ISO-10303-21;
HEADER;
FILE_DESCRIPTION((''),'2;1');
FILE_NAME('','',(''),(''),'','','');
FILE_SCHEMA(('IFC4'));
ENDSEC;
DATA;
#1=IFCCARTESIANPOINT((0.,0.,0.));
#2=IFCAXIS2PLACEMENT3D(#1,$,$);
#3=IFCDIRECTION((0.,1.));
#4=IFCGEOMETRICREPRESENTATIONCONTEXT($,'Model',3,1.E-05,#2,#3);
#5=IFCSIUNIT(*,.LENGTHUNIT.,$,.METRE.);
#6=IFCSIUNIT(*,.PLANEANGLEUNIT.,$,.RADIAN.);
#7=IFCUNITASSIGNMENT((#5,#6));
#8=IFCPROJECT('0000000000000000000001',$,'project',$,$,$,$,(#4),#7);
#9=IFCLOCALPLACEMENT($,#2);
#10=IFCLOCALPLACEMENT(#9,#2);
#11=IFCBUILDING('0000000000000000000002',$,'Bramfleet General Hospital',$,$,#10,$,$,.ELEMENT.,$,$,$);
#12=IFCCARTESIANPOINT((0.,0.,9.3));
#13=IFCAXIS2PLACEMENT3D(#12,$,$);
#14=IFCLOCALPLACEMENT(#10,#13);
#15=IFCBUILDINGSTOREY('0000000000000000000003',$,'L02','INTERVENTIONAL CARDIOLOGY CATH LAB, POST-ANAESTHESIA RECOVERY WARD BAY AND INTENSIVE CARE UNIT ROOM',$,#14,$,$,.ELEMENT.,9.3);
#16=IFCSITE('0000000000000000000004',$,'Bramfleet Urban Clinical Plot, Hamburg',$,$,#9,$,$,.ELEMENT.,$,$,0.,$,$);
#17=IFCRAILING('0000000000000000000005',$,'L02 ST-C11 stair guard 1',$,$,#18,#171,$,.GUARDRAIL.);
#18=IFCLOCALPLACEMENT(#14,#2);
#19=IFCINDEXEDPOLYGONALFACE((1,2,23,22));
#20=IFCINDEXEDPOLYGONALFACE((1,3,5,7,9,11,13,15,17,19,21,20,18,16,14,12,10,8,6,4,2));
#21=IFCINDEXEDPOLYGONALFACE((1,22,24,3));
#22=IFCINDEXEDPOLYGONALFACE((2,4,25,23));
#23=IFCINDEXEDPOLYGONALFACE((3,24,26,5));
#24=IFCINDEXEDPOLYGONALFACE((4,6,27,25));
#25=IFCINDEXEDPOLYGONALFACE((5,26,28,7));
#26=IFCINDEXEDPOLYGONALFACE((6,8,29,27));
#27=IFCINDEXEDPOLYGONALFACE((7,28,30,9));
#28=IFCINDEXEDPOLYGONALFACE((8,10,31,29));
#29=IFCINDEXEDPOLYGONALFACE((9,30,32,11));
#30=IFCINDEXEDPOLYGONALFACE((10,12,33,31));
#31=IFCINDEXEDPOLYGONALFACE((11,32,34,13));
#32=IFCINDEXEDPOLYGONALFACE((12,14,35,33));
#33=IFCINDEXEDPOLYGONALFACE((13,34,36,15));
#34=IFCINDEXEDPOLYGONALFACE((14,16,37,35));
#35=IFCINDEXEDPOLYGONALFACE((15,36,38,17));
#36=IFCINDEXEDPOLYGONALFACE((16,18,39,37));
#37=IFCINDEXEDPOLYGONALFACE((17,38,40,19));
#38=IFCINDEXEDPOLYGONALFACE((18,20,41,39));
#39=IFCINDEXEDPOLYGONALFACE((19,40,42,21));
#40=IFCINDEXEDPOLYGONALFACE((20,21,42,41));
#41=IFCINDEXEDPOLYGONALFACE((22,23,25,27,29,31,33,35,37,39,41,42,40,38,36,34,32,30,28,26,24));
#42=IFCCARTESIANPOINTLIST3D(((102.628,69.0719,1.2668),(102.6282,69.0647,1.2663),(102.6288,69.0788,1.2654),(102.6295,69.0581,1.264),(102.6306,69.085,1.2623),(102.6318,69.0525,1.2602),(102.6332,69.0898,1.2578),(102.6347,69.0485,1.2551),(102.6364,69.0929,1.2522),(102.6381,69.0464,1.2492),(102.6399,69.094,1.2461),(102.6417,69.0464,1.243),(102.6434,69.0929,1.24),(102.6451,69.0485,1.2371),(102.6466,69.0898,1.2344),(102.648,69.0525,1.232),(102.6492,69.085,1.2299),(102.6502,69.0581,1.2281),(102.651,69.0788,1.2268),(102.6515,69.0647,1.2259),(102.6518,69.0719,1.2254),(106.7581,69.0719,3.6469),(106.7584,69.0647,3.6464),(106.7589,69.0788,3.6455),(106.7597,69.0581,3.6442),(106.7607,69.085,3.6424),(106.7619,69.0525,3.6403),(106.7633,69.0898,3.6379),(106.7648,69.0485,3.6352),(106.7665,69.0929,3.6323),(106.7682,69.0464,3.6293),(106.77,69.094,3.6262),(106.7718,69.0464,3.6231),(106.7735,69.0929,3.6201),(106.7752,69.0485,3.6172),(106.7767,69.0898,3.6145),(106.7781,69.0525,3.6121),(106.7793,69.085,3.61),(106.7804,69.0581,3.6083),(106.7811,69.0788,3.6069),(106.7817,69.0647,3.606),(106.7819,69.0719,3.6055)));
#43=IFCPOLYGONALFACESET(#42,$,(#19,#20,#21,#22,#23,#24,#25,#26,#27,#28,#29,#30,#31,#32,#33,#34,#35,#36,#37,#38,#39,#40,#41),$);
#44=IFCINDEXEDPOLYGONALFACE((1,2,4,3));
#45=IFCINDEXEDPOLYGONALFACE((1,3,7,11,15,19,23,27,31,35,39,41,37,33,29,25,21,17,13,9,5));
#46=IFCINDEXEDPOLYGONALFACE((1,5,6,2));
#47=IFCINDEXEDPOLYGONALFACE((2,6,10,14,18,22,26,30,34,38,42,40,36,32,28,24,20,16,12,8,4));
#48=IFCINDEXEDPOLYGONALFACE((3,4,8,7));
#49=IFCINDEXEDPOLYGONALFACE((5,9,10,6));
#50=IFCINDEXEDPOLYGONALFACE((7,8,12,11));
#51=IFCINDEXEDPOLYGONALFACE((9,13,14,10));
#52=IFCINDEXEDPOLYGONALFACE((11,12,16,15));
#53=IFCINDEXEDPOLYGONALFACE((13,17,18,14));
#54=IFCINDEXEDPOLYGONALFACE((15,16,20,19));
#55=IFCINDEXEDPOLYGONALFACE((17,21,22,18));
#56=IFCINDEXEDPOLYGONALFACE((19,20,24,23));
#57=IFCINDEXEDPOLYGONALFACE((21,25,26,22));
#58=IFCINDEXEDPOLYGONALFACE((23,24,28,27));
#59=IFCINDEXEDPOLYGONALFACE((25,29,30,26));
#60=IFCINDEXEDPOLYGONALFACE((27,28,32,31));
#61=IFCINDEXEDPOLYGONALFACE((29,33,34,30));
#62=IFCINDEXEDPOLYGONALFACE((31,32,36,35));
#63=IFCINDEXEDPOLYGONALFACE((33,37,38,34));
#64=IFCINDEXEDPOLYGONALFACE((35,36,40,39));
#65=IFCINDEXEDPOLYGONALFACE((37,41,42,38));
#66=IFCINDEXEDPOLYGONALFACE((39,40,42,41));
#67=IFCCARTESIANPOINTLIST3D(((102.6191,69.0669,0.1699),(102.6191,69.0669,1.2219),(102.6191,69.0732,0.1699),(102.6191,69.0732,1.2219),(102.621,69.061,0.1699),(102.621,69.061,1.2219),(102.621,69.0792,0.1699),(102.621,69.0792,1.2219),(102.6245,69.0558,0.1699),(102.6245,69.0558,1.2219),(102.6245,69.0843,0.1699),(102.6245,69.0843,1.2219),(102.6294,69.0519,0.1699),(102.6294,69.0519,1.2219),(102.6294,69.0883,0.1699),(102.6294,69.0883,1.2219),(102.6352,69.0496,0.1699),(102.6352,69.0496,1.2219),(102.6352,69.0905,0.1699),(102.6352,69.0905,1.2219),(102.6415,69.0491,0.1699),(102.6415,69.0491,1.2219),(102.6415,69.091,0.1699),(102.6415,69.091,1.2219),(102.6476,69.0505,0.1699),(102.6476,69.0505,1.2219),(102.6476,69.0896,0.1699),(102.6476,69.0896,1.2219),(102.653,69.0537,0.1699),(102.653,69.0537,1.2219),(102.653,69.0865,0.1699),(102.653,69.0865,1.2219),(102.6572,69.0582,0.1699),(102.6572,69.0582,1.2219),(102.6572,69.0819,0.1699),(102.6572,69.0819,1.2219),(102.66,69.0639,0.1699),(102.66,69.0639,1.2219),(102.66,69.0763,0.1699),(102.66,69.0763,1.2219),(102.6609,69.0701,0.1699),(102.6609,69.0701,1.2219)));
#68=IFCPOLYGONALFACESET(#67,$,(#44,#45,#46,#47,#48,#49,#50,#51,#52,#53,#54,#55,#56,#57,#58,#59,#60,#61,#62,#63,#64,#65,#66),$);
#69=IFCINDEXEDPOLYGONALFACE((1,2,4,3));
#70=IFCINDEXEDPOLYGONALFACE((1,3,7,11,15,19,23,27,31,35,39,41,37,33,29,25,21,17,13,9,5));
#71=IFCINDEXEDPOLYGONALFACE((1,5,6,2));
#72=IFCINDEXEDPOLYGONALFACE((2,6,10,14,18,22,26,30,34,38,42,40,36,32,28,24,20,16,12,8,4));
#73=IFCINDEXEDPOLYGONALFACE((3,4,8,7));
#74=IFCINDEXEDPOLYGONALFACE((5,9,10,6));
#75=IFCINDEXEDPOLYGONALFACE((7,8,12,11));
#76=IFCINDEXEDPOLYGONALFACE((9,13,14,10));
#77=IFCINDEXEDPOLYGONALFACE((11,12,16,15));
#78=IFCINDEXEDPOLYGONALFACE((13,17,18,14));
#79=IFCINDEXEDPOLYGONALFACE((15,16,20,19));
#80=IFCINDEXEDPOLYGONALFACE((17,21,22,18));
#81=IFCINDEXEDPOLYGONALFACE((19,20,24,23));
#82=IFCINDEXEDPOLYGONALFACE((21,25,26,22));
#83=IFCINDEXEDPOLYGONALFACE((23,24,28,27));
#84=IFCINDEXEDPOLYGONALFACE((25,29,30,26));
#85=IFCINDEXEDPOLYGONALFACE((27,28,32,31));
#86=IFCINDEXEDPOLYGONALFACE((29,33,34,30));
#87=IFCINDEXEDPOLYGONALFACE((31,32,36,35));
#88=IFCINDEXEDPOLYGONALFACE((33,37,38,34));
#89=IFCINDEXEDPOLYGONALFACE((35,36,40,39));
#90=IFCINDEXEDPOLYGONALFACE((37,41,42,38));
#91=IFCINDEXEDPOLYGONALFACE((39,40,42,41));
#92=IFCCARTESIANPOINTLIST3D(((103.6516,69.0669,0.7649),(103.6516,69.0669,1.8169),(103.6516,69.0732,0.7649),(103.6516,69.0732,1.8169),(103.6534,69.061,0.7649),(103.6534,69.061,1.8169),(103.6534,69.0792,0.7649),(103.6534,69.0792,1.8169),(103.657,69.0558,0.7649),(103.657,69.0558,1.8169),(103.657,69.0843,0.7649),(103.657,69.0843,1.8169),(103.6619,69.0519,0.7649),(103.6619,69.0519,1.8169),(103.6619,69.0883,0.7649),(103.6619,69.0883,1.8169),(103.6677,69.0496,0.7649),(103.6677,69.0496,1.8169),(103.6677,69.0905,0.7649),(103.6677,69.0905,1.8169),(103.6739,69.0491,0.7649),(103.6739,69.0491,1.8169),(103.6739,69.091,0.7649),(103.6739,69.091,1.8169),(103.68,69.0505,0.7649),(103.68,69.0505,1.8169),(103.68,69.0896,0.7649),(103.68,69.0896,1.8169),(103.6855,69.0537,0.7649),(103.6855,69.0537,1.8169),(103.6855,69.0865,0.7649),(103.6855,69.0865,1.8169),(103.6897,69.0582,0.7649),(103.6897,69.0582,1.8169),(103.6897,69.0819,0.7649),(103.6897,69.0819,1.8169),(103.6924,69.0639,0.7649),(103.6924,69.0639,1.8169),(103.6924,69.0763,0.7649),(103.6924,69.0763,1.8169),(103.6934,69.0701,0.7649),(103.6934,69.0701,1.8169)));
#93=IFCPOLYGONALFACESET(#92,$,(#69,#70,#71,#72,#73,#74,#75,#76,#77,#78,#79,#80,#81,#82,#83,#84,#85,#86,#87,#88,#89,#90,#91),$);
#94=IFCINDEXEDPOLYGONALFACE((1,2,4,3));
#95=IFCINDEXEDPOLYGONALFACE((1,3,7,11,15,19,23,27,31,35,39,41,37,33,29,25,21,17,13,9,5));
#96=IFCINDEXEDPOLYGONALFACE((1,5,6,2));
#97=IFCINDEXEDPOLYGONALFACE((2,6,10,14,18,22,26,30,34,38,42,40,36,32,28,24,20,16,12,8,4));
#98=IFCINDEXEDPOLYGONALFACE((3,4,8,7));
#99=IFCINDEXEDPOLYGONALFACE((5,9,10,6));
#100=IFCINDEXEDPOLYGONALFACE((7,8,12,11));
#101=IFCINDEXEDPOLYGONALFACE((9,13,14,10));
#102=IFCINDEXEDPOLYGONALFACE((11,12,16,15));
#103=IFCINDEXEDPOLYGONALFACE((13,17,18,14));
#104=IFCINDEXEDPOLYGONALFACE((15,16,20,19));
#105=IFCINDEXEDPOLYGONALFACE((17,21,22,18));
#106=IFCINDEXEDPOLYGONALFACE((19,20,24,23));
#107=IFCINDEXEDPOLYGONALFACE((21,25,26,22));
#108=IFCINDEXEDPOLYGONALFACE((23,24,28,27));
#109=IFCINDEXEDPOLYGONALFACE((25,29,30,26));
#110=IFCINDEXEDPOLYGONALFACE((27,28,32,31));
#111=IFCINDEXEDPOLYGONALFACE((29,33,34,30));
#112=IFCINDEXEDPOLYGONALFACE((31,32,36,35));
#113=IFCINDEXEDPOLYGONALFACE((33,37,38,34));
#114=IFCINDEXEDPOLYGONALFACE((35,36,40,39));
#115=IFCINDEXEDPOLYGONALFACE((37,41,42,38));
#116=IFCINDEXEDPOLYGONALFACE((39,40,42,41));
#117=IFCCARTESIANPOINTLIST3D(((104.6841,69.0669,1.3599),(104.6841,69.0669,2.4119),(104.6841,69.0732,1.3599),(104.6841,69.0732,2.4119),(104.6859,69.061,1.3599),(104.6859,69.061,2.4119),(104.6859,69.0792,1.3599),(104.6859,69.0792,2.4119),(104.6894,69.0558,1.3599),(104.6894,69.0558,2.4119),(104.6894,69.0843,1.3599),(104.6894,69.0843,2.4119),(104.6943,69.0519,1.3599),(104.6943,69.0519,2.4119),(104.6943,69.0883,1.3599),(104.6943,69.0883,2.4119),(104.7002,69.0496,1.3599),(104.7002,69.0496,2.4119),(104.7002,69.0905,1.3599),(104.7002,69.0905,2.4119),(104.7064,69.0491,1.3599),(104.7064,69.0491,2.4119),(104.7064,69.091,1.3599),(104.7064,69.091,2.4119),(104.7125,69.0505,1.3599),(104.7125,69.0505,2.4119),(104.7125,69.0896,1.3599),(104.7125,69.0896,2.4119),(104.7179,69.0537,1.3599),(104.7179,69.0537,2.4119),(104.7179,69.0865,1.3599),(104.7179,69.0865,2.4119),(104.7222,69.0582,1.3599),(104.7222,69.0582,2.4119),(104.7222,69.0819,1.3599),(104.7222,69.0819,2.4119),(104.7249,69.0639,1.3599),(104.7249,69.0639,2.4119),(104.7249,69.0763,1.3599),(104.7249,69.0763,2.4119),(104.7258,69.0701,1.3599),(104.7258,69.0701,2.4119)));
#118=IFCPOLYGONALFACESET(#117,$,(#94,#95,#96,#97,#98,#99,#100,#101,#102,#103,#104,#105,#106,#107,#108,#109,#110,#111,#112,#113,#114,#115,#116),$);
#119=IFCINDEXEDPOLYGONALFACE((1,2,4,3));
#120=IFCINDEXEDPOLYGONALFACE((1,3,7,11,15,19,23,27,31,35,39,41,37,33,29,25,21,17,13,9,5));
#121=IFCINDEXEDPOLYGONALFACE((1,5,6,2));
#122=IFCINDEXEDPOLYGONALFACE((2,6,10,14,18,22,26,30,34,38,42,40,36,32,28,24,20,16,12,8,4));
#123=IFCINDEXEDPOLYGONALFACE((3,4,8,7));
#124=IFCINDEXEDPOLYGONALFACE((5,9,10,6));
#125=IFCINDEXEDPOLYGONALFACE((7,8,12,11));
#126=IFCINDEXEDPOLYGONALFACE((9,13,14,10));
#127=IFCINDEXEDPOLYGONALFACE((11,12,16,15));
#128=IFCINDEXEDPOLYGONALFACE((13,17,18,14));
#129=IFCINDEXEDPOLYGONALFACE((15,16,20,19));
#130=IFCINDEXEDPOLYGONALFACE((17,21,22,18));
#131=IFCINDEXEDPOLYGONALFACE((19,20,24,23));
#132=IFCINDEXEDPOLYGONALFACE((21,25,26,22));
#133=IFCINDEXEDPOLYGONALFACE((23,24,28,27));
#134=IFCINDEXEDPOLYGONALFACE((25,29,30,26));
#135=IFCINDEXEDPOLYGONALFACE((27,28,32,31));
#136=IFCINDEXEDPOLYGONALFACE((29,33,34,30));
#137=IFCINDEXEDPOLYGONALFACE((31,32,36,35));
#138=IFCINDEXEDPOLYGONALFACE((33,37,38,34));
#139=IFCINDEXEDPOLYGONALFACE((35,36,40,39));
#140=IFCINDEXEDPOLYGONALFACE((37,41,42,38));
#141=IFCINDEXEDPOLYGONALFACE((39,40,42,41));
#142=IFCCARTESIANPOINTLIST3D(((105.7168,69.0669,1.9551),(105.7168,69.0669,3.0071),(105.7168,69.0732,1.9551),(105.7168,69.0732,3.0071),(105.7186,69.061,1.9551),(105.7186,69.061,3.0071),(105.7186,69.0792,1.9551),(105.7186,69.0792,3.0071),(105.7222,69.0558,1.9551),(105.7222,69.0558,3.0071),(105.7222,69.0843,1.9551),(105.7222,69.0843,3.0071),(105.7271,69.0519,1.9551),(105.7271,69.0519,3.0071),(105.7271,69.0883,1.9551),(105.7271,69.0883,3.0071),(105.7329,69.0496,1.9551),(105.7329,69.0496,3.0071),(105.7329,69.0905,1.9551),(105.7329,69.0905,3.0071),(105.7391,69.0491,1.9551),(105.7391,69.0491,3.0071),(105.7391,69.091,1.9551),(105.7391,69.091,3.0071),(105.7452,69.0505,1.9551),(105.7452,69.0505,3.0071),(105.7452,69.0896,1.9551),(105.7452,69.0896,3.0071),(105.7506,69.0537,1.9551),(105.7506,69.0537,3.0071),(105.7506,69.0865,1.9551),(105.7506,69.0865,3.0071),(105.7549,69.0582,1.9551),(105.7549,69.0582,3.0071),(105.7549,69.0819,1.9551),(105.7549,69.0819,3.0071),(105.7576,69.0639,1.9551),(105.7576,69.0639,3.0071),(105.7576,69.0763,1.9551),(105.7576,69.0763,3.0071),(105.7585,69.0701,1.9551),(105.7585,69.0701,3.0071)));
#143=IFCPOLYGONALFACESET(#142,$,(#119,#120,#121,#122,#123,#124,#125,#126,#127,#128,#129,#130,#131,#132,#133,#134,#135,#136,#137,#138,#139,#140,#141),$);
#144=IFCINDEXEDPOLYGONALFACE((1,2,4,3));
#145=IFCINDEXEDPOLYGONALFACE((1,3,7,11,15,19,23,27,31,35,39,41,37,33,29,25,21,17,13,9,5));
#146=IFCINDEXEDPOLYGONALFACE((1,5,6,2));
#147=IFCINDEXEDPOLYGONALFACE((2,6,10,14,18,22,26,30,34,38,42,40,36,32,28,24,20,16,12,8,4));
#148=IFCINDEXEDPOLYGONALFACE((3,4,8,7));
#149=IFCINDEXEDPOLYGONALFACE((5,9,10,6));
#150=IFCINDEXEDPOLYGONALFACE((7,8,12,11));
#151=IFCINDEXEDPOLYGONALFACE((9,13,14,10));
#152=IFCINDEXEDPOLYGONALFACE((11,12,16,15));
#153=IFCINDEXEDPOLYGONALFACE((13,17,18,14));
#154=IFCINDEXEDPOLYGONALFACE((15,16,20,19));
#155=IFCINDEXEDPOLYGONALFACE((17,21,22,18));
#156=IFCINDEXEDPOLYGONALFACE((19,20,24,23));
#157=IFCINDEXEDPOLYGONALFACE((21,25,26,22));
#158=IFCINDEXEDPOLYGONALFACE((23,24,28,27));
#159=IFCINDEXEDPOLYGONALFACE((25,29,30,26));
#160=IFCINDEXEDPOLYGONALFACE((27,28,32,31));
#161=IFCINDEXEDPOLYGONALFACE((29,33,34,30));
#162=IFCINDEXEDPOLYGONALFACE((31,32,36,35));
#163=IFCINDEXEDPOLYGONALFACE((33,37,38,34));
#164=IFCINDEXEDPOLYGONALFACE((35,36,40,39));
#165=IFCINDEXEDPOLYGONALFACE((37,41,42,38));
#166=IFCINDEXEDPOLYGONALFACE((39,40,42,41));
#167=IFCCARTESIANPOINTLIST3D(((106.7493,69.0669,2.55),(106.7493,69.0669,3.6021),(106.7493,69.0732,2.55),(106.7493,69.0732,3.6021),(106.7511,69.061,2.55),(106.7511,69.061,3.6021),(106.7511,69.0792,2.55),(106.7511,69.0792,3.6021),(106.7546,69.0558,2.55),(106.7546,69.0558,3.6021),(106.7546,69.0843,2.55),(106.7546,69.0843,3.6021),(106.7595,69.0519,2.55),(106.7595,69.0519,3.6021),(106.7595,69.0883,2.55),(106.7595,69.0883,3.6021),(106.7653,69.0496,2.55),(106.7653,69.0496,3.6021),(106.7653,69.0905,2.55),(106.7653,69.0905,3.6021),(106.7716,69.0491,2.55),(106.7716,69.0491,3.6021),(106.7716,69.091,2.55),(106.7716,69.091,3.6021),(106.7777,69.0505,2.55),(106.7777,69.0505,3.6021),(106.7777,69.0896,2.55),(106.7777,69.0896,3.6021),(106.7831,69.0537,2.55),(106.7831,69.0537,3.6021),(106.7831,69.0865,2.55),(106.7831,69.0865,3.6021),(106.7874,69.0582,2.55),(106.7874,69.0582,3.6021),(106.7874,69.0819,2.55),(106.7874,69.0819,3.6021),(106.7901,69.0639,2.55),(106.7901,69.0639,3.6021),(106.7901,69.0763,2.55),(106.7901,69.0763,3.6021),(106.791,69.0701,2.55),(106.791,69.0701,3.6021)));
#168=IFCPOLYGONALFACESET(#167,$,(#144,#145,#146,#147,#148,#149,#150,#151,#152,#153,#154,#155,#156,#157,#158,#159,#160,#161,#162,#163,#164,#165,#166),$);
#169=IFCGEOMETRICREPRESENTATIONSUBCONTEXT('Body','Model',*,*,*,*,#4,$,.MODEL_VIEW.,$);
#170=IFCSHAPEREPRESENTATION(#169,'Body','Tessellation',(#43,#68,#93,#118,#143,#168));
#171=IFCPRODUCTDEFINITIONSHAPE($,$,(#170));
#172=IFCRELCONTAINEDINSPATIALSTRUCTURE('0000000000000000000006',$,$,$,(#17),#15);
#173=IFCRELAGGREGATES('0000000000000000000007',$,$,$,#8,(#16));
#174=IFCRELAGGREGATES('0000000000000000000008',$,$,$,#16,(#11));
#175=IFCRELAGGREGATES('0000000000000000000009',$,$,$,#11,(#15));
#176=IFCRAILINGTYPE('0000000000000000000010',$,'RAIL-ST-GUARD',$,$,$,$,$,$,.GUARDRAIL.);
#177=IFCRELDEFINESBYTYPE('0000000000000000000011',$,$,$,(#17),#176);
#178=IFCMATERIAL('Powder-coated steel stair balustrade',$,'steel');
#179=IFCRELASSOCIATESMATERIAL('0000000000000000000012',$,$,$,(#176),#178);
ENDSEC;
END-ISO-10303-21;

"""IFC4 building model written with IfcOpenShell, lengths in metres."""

from ifc_helpers import new_model, si_unit, direction, frame, origin, origin_2d, place, context, subcontext, project, spatial, circle, extrude, material, type_object, element, save


model = new_model("IFC4")

# Units and contexts
model_context = context("Model", 3, precision=1e-05, world=origin(), true_north=direction((0.0, 1.0)))
body_context = subcontext(model_context, "Body", "Model", "MODEL_VIEW")
ifc_project = project(units=[si_unit("LENGTHUNIT", "METRE"), si_unit("PLANEANGLEUNIT", "RADIAN")], contexts=[model_context])

# Site, building, storey
site_placement = place(None, origin())
site = spatial("IfcSite", under=ifc_project, at=site_placement, Name="Bramfleet Urban Clinical Plot, Hamburg", CompositionType="ELEMENT", RefElevation=0.0)
building_placement = place(site_placement, origin())
building = spatial("IfcBuilding", under=site, at=building_placement, Name="Bramfleet General Hospital", CompositionType="ELEMENT")
storey_placement = place(building_placement, frame((0.0, 0.0, 9.3)))
storey = spatial("IfcBuildingStorey", under=building, at=storey_placement, Name="L02", Description="INTERVENTIONAL CARDIOLOGY CATH LAB, POST-ANAESTHESIA RECOVERY WARD BAY AND INTENSIVE CARE UNIT ROOM", CompositionType="ELEMENT", Elevation=9.3)

# Railing
ifc_material_1 = material(Name="Powder-coated steel stair balustrade", Category="steel")
railing_type_1 = type_object("IfcRailingType", Name="RAIL-ST-GUARD", PredefinedType="GUARDRAIL", material=ifc_material_1)
railing_1_placement = place(storey_placement, frame((102.6399, 69.0701, 0.1699)))
element("IfcRailing", 1, at=railing_1_placement, inside=storey, type_object=railing_type_1, Name="L02 ST-C11 stair guard 1", PredefinedType="GUARDRAIL", context=body_context, shape_type="SweptSolid", body=[
    extrude(circle(Radius=0.0239, at=origin_2d()), frame((0.0, 0.0, 1.0762), z_axis=(0.866425, 0.0, 0.499307), x_axis=(0.0, 1.0, 0.0)), (0.0, 0.0, 1.0), 4.7668),
    extrude(circle(Radius=0.021, at=origin_2d()), origin(), (0.0, 0.0, 1.0), 1.052),
    extrude(circle(Radius=0.021, at=origin_2d()), frame((1.0325, 0.0, 0.595)), (0.0, 0.0, 1.0), 1.052),
    extrude(circle(Radius=0.021, at=origin_2d()), frame((2.0649, 0.0, 1.1899)), (0.0, 0.0, 1.0), 1.052),
    extrude(circle(Radius=0.021, at=origin_2d()), frame((3.0977, 0.0, 1.7852)), (0.0, 0.0, 1.0), 1.052),
    extrude(circle(Radius=0.021, at=origin_2d()), frame((4.1301, 0.0, 2.3801)), (0.0, 0.0, 1.0), 1.052),
])

save(model, "model.ifc")
